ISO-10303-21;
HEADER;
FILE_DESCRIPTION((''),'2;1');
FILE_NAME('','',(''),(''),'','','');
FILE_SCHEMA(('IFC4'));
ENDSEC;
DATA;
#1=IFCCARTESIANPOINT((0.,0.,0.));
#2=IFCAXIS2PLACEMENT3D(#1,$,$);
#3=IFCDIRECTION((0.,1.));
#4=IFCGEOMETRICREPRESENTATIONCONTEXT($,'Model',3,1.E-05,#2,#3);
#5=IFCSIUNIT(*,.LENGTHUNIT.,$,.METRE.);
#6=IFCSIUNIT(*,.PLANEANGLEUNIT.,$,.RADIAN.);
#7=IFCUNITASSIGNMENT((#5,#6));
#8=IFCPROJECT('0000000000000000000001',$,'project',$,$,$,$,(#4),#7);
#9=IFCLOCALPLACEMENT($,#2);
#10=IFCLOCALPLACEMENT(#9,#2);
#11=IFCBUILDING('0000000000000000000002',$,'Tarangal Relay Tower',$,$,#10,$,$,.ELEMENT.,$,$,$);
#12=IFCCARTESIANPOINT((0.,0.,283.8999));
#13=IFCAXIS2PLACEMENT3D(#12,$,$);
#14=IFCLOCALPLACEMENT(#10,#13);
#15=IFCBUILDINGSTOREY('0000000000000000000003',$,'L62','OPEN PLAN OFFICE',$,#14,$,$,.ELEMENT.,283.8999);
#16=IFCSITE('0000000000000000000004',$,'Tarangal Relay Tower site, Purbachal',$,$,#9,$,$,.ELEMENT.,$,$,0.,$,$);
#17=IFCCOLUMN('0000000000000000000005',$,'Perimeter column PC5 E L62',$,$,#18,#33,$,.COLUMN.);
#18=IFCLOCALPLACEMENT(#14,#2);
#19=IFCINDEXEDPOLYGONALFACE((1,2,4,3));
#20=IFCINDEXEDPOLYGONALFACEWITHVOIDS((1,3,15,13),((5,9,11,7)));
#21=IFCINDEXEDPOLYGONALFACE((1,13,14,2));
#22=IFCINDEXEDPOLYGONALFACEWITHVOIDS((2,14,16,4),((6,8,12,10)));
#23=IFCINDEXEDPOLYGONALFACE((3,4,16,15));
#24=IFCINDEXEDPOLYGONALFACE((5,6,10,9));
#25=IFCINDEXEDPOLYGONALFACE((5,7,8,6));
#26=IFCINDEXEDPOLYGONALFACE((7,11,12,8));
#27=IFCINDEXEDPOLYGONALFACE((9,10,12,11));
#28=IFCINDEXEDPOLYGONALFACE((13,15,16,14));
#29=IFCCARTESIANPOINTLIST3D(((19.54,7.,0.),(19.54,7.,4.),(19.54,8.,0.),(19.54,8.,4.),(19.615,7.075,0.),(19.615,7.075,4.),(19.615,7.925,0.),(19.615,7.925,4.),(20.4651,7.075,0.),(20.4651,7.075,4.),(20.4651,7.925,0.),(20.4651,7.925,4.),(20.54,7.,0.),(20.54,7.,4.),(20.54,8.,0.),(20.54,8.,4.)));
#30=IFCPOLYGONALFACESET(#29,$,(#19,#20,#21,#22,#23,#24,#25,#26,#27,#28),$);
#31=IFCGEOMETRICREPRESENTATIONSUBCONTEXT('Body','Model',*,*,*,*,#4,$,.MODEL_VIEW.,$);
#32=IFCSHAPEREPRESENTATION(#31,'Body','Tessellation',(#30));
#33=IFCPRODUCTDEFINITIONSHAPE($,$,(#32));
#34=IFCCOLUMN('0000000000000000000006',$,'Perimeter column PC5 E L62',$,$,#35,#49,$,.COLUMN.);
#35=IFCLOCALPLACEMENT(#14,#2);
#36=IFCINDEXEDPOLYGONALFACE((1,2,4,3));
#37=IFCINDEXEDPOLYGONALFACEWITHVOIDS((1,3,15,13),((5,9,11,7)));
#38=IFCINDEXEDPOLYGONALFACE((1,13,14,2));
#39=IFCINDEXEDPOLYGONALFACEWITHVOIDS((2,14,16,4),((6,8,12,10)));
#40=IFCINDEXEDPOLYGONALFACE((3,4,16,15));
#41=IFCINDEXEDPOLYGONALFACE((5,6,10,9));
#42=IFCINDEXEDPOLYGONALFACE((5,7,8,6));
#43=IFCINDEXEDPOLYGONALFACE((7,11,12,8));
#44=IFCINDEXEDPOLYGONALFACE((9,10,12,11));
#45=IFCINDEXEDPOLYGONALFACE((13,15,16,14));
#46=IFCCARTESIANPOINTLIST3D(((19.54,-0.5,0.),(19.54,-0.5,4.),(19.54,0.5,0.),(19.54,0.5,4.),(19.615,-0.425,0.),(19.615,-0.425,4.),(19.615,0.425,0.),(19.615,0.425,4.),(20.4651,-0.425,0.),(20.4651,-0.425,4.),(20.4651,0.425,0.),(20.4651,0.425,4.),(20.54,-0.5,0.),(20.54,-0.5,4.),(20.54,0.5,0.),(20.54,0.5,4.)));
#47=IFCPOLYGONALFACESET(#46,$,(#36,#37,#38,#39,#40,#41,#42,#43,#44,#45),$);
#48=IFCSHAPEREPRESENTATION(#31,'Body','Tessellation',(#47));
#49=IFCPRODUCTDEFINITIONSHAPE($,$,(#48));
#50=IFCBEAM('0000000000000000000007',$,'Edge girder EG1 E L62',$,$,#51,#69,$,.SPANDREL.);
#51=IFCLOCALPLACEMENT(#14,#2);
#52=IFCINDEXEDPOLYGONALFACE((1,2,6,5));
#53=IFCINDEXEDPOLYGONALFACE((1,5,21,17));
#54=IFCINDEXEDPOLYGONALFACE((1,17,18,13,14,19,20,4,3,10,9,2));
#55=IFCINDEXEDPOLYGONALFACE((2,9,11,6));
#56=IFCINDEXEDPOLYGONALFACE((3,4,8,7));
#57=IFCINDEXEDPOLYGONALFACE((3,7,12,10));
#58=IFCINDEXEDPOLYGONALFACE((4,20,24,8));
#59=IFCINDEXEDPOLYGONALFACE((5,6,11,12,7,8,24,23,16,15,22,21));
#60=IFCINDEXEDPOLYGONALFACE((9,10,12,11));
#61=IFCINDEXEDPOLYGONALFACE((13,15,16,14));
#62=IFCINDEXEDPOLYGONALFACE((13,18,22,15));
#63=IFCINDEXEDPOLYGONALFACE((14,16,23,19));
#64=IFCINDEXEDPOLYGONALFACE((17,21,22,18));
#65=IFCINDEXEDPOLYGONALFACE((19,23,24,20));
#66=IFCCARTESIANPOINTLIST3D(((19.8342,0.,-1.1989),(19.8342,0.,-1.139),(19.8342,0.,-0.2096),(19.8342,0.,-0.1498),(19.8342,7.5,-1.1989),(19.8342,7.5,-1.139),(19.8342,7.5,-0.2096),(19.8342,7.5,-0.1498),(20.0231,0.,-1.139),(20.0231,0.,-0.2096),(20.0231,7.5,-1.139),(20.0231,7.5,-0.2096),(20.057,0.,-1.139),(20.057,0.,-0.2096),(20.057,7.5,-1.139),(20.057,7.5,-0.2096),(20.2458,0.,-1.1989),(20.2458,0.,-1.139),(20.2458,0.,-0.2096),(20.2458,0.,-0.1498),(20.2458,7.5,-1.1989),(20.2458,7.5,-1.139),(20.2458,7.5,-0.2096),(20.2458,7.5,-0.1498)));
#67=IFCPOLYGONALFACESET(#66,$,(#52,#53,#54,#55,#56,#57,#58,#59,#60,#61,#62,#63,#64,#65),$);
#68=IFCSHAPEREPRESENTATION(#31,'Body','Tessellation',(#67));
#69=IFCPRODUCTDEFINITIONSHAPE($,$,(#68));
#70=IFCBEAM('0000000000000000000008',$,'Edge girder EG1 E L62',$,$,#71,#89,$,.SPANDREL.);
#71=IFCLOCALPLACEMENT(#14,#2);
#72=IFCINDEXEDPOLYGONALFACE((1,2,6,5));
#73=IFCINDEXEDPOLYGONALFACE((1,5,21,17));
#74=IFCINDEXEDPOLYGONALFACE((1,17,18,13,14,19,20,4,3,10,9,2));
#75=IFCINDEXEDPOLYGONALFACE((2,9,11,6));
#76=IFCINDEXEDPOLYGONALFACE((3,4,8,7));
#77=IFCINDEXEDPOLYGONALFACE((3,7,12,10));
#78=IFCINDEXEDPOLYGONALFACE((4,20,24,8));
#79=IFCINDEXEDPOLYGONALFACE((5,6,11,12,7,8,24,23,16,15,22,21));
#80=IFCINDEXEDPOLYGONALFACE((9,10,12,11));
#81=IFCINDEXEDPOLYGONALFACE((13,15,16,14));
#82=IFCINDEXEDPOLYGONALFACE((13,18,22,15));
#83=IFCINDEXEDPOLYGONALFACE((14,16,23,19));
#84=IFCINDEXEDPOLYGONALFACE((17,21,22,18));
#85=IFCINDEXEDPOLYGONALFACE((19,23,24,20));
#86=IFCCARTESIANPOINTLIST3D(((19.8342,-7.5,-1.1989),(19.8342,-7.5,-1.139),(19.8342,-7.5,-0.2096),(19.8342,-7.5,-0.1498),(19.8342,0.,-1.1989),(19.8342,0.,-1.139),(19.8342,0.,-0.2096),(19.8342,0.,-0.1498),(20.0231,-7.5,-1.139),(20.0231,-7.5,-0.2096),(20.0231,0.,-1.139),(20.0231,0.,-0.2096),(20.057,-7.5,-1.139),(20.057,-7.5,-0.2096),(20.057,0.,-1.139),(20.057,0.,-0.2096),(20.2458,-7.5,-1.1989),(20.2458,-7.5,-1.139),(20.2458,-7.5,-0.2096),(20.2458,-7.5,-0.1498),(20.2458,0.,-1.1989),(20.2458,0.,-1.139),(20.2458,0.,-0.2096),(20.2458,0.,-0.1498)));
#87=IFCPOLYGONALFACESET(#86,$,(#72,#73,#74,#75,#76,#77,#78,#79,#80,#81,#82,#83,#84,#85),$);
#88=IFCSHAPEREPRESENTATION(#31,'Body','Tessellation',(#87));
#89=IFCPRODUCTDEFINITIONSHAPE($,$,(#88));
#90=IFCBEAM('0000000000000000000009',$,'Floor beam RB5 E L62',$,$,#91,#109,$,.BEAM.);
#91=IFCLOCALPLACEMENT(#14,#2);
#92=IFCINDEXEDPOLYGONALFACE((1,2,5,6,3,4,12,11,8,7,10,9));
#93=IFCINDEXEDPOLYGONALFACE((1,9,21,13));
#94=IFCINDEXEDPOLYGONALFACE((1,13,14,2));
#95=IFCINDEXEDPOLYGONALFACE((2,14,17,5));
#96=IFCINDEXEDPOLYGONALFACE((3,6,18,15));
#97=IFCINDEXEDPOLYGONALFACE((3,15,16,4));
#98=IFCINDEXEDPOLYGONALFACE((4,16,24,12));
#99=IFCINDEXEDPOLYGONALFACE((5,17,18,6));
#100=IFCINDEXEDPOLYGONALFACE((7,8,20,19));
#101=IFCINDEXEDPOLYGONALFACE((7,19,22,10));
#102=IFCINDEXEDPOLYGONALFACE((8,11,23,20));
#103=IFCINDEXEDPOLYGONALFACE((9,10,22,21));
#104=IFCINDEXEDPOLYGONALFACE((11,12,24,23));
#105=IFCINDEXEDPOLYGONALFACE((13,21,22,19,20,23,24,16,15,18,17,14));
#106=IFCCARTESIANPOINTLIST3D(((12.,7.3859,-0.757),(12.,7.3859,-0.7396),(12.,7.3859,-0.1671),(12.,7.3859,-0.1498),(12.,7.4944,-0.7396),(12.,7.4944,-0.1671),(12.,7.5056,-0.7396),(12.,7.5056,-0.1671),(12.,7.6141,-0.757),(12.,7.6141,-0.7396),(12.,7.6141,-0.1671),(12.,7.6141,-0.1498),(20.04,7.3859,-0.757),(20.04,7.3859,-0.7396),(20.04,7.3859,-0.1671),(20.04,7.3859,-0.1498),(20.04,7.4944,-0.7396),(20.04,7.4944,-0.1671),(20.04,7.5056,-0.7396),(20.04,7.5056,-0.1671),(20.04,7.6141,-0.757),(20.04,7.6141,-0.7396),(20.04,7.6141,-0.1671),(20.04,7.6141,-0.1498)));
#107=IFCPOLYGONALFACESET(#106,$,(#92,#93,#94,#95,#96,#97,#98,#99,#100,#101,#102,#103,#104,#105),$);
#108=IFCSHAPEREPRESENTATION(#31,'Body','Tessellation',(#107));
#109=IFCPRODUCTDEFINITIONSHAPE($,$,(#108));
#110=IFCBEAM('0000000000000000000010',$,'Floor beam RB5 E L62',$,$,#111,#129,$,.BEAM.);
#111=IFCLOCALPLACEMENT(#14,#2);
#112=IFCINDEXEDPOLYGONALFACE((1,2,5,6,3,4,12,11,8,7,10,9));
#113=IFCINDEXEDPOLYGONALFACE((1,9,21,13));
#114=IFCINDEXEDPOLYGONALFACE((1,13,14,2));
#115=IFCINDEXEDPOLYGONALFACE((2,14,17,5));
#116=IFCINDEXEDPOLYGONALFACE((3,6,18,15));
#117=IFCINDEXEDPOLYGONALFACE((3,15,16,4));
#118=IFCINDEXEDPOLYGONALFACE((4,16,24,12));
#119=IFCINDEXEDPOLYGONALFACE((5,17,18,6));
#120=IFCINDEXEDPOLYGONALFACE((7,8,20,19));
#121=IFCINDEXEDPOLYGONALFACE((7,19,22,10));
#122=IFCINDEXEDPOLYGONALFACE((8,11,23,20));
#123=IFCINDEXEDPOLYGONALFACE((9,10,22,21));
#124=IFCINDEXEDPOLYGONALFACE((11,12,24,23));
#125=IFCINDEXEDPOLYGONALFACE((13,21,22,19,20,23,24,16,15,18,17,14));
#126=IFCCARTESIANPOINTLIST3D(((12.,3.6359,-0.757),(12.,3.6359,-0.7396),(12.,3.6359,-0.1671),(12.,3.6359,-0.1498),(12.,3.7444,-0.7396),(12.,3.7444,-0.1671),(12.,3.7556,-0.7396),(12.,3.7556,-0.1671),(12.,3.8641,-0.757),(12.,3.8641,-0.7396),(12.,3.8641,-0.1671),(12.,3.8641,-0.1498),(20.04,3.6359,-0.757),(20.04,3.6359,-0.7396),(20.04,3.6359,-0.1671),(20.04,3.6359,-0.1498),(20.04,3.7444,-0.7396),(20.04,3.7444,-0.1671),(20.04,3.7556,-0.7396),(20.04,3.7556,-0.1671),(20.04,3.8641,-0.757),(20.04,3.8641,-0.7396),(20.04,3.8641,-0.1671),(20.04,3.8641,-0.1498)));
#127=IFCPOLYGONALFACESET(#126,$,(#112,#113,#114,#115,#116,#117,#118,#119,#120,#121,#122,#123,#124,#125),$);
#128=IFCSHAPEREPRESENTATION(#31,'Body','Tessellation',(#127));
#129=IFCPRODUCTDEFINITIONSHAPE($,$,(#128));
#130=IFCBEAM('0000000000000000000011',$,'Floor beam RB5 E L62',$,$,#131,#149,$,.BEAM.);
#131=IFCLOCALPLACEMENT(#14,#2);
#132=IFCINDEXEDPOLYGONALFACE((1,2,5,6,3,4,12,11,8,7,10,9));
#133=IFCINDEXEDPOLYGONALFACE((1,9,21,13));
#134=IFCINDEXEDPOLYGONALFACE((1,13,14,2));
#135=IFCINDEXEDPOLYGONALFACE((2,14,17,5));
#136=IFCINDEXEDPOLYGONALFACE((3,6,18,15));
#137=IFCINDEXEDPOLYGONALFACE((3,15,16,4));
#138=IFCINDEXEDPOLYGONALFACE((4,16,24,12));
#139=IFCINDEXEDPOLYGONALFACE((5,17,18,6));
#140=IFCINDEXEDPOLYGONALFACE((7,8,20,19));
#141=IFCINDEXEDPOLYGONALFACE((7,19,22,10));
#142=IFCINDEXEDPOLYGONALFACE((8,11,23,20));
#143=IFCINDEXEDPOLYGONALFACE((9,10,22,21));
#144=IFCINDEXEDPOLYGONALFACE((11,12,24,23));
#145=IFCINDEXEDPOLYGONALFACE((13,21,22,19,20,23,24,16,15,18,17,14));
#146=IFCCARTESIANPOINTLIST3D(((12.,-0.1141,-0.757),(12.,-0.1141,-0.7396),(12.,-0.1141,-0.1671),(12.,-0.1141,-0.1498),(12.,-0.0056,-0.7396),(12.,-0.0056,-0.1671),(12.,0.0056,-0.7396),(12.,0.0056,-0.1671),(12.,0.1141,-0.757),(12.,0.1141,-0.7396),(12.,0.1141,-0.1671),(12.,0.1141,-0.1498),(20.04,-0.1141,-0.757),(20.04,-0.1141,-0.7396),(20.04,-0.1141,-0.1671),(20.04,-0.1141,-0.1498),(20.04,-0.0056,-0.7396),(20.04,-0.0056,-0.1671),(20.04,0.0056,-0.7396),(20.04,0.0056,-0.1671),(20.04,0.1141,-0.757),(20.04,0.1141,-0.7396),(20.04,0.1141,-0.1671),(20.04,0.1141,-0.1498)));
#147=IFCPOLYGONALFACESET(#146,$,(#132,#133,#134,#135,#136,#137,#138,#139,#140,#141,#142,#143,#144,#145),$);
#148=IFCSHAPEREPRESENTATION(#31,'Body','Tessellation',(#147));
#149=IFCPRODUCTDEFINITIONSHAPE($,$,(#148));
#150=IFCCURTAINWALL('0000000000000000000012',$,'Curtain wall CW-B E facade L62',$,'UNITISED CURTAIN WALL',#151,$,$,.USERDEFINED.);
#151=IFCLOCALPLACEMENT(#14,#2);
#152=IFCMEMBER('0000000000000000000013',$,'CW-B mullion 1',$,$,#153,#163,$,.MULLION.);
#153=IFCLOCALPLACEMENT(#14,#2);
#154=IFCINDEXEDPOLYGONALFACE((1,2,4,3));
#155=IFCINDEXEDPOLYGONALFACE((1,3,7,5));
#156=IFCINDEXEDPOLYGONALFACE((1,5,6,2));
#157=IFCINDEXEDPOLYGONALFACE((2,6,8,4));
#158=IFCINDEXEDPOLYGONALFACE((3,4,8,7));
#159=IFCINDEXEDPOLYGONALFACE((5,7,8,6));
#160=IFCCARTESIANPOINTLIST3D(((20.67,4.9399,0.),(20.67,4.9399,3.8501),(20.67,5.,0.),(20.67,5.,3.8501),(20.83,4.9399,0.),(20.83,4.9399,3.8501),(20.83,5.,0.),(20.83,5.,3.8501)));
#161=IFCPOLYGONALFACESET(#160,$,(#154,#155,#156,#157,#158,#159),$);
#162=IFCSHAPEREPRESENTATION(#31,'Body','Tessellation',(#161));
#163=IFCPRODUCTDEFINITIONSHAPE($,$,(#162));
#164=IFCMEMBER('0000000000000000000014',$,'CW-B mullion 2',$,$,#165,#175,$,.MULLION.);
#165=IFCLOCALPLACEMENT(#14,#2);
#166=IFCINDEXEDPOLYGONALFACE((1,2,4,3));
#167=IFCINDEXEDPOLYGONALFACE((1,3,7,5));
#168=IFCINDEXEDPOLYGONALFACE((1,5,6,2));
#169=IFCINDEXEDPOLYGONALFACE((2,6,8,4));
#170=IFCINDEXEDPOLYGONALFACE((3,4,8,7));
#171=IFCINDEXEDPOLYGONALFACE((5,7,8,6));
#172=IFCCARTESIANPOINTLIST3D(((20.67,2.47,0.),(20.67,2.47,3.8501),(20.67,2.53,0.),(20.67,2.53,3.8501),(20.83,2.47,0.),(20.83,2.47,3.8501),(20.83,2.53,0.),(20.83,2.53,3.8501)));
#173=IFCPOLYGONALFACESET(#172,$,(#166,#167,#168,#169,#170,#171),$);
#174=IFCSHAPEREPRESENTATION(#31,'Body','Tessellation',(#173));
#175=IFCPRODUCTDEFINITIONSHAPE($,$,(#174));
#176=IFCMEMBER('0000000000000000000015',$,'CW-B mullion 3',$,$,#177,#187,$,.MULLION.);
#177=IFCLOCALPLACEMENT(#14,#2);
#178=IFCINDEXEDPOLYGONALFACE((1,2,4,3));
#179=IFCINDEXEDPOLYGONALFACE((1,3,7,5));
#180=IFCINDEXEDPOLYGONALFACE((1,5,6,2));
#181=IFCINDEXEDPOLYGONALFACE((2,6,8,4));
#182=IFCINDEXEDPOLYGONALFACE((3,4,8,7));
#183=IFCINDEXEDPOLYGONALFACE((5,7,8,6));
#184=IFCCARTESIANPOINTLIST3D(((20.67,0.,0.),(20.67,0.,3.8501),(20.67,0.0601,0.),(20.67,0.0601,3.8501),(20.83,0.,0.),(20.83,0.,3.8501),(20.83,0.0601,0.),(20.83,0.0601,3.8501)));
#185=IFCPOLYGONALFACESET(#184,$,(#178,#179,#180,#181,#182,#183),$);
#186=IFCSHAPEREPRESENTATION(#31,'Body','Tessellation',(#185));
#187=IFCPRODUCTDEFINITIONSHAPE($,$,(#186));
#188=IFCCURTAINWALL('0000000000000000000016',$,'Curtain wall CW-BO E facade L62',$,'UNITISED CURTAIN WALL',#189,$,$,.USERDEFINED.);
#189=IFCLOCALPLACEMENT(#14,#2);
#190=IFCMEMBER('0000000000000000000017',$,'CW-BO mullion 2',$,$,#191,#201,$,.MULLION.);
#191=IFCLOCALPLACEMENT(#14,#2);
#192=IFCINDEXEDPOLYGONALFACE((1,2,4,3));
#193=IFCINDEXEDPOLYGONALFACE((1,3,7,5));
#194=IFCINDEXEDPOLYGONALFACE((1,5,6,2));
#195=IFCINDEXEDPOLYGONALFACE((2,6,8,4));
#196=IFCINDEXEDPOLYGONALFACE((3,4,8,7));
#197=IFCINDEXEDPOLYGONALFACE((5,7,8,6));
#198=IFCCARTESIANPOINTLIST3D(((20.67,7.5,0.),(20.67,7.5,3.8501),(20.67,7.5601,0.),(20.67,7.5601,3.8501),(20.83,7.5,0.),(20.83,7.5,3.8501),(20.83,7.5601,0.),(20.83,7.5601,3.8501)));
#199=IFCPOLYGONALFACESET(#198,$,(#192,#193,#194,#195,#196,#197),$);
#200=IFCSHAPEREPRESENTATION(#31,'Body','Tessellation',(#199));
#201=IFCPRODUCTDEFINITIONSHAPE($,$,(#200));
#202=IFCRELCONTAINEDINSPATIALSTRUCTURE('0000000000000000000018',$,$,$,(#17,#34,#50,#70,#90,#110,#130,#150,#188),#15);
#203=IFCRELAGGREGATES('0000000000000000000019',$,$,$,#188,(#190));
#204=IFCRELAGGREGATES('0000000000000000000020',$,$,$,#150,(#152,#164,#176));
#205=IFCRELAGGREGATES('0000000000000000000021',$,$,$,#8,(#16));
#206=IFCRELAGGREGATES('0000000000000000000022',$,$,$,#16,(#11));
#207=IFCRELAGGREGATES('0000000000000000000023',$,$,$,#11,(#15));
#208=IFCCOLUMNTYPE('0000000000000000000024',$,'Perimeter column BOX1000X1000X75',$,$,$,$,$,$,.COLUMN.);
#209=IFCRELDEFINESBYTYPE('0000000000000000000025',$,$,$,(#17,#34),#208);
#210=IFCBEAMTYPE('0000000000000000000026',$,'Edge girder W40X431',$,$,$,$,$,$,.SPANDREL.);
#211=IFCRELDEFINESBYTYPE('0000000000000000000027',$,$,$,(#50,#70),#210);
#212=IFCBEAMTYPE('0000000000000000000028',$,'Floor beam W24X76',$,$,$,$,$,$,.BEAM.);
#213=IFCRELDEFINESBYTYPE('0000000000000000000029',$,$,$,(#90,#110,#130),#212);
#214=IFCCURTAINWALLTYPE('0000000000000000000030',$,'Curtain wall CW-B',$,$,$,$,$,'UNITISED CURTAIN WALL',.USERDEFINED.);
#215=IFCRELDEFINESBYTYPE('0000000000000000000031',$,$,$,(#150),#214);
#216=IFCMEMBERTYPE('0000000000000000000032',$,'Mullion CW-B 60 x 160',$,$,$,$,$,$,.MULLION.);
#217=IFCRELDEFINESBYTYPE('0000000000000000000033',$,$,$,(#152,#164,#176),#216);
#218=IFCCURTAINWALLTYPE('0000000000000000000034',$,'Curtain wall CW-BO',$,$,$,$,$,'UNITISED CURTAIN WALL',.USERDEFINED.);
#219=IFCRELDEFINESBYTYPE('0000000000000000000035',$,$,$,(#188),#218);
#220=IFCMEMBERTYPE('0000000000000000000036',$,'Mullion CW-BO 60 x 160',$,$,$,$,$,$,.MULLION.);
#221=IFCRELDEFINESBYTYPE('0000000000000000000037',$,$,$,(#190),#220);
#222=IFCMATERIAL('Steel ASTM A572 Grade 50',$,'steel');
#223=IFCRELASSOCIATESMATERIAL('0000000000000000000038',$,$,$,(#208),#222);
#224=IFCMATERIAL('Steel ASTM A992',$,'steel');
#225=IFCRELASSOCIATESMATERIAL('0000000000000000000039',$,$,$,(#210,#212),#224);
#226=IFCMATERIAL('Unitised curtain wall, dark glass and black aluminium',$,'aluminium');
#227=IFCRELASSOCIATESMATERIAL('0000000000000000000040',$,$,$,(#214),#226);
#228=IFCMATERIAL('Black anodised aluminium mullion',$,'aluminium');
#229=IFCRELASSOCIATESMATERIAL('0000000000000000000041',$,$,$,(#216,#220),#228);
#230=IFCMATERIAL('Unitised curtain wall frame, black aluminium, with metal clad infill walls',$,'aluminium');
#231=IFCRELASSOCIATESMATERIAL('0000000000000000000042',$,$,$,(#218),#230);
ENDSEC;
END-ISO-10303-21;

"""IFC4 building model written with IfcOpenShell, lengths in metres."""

from ifc_helpers import new_model, si_unit, direction, frame, origin, origin_2d, place, context, subcontext, project, spatial, rectangle, hollow_rectangle, i_section, extrude, material, material_profile, profile_set, type_object, element, aggregate, save


model = new_model("IFC4")

# Units and contexts
model_context = context("Model", 3, precision=1e-05, world=origin(), true_north=direction((0.0, 1.0)))
body_context = subcontext(model_context, "Body", "Model", "MODEL_VIEW")
ifc_project = project(units=[si_unit("LENGTHUNIT", "METRE"), si_unit("PLANEANGLEUNIT", "RADIAN")], contexts=[model_context])

# Site, building, storey
site_placement = place(None, origin())
site = spatial("IfcSite", under=ifc_project, at=site_placement, Name="Tarangal Relay Tower site, Purbachal", CompositionType="ELEMENT", RefElevation=0.0)
building_placement = place(site_placement, origin())
building = spatial("IfcBuilding", under=site, at=building_placement, Name="Tarangal Relay Tower", CompositionType="ELEMENT")
storey_placement = place(building_placement, frame((0.0, 0.0, 283.8999)))
storey = spatial("IfcBuildingStorey", under=building, at=storey_placement, Name="L62", Description="OPEN PLAN OFFICE", CompositionType="ELEMENT", Elevation=283.8999)

# Columns
ifc_material_1 = material(Name="Steel ASTM A572 Grade 50", Category="steel")
ifc_material_profile_1 = material_profile(ifc_material_1, hollow_rectangle(XDim=1.0, YDim=1.0, WallThickness=0.075, at=origin_2d()), Name="BOX1000X1000X75")
ifc_profile_set_1 = profile_set([ifc_material_profile_1], Name="Steel ASTM A572 Grade 50")
column_type = type_object("IfcColumnType", Name="Perimeter column BOX1000X1000X75", PredefinedType="COLUMN", material=ifc_profile_set_1)
for number, where, z_axis, x_axis, name in (
    (1, (20.04, 7.5, 0.0), (0.0, 0.0, 1.0), (1.0, 0.0, 0.0), "Perimeter column PC5 E L62"),
    (2, (20.04, 0.0, 0.0), (0.0, 0.0, 1.0), (1.0, 0.0, 0.0), "Perimeter column PC5 E L62"),
):
    element("IfcColumn", number, at=place(storey_placement, frame(where, z_axis=z_axis, x_axis=x_axis)), inside=storey, type_object=column_type, Name=name, PredefinedType="COLUMN", context=body_context, shape_type="SweptSolid", body=[
        extrude(hollow_rectangle(XDim=1.0, YDim=1.0, WallThickness=0.075, at=origin_2d()), origin(), (0.0, 0.0, 1.0), 4.0),
    ])

# Beams
ifc_material_2 = material(Name="Steel ASTM A992", Category="steel")
ifc_material_profile_2 = material_profile(ifc_material_2, i_section(OverallWidth=0.4116, OverallDepth=1.0491, WebThickness=0.0339, FlangeThickness=0.0598, at=origin_2d()), Name="W40X431")
ifc_profile_set_2 = profile_set([ifc_material_profile_2], Name="Steel ASTM A992")
beam_type_1 = type_object("IfcBeamType", Name="Edge girder W40X431", PredefinedType="SPANDREL", material=ifc_profile_set_2)
for number, where, z_axis, x_axis, name in (
    (3, (20.04, 7.5, -0.6743), (0.0, -1.0, 0.0), (1.0, 0.0, 0.0), "Edge girder EG1 E L62"),
    (4, (20.04, 0.0, -0.6743), (0.0, -1.0, 0.0), (1.0, 0.0, 0.0), "Edge girder EG1 E L62"),
):
    element("IfcBeam", number, at=place(storey_placement, frame(where, z_axis=z_axis, x_axis=x_axis)), inside=storey, type_object=beam_type_1, Name=name, PredefinedType="SPANDREL", context=body_context, shape_type="SweptSolid", body=[
        extrude(i_section(OverallWidth=0.4116, OverallDepth=1.0491, WebThickness=0.0339, FlangeThickness=0.0598, at=origin_2d()), origin(), (0.0, 0.0, 1.0), 7.5),
    ])
ifc_material_profile_3 = material_profile(ifc_material_2, i_section(OverallWidth=0.2283, OverallDepth=0.6072, WebThickness=0.0112, FlangeThickness=0.0173, at=origin_2d()), Name="W24X76")
ifc_profile_set_3 = profile_set([ifc_material_profile_3], Name="Steel ASTM A992")
beam_type_2 = type_object("IfcBeamType", Name="Floor beam W24X76", PredefinedType="BEAM", material=ifc_profile_set_3)
for number, where, z_axis, x_axis, name in (
    (5, (12.0, 7.5, -0.4534), (1.0, 0.0, 0.0), (0.0, 1.0, 0.0), "Floor beam RB5 E L62"),
    (6, (12.0, 3.75, -0.4534), (1.0, 0.0, 0.0), (0.0, 1.0, 0.0), "Floor beam RB5 E L62"),
    (7, (12.0, 0.0, -0.4534), (1.0, 0.0, 0.0), (0.0, 1.0, 0.0), "Floor beam RB5 E L62"),
):
    element("IfcBeam", number, at=place(storey_placement, frame(where, z_axis=z_axis, x_axis=x_axis)), inside=storey, type_object=beam_type_2, Name=name, PredefinedType="BEAM", context=body_context, shape_type="SweptSolid", body=[
        extrude(i_section(OverallWidth=0.2283, OverallDepth=0.6072, WebThickness=0.0112, FlangeThickness=0.0173, at=origin_2d()), origin(), (0.0, 0.0, 1.0), 8.04),
    ])

# Curtain wall, members
ifc_material_3 = material(Name="Unitised curtain wall, dark glass and black aluminium", Category="aluminium")
curtain_wall_type_1 = type_object("IfcCurtainWallType", Name="Curtain wall CW-B", ElementType="UNITISED CURTAIN WALL", PredefinedType="USERDEFINED", material=ifc_material_3)
curtain_wall_1_placement = place(storey_placement, origin())
curtain_wall_1 = element("IfcCurtainWall", 8, at=curtain_wall_1_placement, inside=storey, type_object=curtain_wall_type_1, Name="Curtain wall CW-B E facade L62", ObjectType="UNITISED CURTAIN WALL", PredefinedType="USERDEFINED")
ifc_material_4 = material(Name="Black anodised aluminium mullion", Category="aluminium")
ifc_material_profile_4 = material_profile(ifc_material_4, rectangle(XDim=0.1599, YDim=0.0601, at=origin_2d()), Name="CW-BM 60X160")
ifc_profile_set_4 = profile_set([ifc_material_profile_4], Name="Black anodised aluminium mullion")
member_type_1 = type_object("IfcMemberType", Name="Mullion CW-B 60 x 160", PredefinedType="MULLION", material=ifc_profile_set_4)
member_1_placement = place(storey_placement, frame((20.75, 4.97, 0.0), z_axis=(0.0, 0.0, 1.0), x_axis=(1.0, 0.0, 0.0)))
member_1 = element("IfcMember", 9, at=member_1_placement, type_object=member_type_1, Name="CW-B mullion 1", PredefinedType="MULLION", context=body_context, shape_type="SweptSolid", body=[
    extrude(rectangle(XDim=0.1599, YDim=0.0601, at=origin_2d()), origin(), (0.0, 0.0, 1.0), 3.8501),
])
member_2_placement = place(storey_placement, frame((20.75, 2.5, 0.0), z_axis=(0.0, 0.0, 1.0), x_axis=(1.0, 0.0, 0.0)))
member_2 = element("IfcMember", 10, at=member_2_placement, type_object=member_type_1, Name="CW-B mullion 2", PredefinedType="MULLION", context=body_context, shape_type="SweptSolid", body=[
    extrude(rectangle(XDim=0.1599, YDim=0.0601, at=origin_2d()), origin(), (0.0, 0.0, 1.0), 3.8501),
])
member_3_placement = place(storey_placement, frame((20.75, 0.03, 0.0), z_axis=(0.0, 0.0, 1.0), x_axis=(1.0, 0.0, 0.0)))
member_3 = element("IfcMember", 11, at=member_3_placement, type_object=member_type_1, Name="CW-B mullion 3", PredefinedType="MULLION", context=body_context, shape_type="SweptSolid", body=[
    extrude(rectangle(XDim=0.1599, YDim=0.0601, at=origin_2d()), origin(), (0.0, 0.0, 1.0), 3.8501),
])

# Curtain wall, member
ifc_material_5 = material(Name="Unitised curtain wall frame, black aluminium, with metal clad infill walls", Category="aluminium")
curtain_wall_type_2 = type_object("IfcCurtainWallType", Name="Curtain wall CW-BO", ElementType="UNITISED CURTAIN WALL", PredefinedType="USERDEFINED", material=ifc_material_5)
curtain_wall_2_placement = place(storey_placement, origin())
curtain_wall_2 = element("IfcCurtainWall", 12, at=curtain_wall_2_placement, inside=storey, type_object=curtain_wall_type_2, Name="Curtain wall CW-BO E facade L62", ObjectType="UNITISED CURTAIN WALL", PredefinedType="USERDEFINED")
ifc_material_profile_5 = material_profile(ifc_material_4, rectangle(XDim=0.1599, YDim=0.0601, at=origin_2d()), Name="CW-BOM 60X160")
ifc_profile_set_5 = profile_set([ifc_material_profile_5], Name="Black anodised aluminium mullion")
member_type_2 = type_object("IfcMemberType", Name="Mullion CW-BO 60 x 160", PredefinedType="MULLION", material=ifc_profile_set_5)
member_4_placement = place(storey_placement, frame((20.75, 7.53, 0.0), z_axis=(0.0, 0.0, 1.0), x_axis=(1.0, 0.0, 0.0)))
member_4 = element("IfcMember", 13, at=member_4_placement, type_object=member_type_2, Name="CW-BO mullion 2", PredefinedType="MULLION", context=body_context, shape_type="SweptSolid", body=[
    extrude(rectangle(XDim=0.1599, YDim=0.0601, at=origin_2d()), origin(), (0.0, 0.0, 1.0), 3.8501),
])

aggregate(curtain_wall_2, [member_4])

aggregate(curtain_wall_1, [member_1, member_2, member_3])

save(model, "model.ifc")
